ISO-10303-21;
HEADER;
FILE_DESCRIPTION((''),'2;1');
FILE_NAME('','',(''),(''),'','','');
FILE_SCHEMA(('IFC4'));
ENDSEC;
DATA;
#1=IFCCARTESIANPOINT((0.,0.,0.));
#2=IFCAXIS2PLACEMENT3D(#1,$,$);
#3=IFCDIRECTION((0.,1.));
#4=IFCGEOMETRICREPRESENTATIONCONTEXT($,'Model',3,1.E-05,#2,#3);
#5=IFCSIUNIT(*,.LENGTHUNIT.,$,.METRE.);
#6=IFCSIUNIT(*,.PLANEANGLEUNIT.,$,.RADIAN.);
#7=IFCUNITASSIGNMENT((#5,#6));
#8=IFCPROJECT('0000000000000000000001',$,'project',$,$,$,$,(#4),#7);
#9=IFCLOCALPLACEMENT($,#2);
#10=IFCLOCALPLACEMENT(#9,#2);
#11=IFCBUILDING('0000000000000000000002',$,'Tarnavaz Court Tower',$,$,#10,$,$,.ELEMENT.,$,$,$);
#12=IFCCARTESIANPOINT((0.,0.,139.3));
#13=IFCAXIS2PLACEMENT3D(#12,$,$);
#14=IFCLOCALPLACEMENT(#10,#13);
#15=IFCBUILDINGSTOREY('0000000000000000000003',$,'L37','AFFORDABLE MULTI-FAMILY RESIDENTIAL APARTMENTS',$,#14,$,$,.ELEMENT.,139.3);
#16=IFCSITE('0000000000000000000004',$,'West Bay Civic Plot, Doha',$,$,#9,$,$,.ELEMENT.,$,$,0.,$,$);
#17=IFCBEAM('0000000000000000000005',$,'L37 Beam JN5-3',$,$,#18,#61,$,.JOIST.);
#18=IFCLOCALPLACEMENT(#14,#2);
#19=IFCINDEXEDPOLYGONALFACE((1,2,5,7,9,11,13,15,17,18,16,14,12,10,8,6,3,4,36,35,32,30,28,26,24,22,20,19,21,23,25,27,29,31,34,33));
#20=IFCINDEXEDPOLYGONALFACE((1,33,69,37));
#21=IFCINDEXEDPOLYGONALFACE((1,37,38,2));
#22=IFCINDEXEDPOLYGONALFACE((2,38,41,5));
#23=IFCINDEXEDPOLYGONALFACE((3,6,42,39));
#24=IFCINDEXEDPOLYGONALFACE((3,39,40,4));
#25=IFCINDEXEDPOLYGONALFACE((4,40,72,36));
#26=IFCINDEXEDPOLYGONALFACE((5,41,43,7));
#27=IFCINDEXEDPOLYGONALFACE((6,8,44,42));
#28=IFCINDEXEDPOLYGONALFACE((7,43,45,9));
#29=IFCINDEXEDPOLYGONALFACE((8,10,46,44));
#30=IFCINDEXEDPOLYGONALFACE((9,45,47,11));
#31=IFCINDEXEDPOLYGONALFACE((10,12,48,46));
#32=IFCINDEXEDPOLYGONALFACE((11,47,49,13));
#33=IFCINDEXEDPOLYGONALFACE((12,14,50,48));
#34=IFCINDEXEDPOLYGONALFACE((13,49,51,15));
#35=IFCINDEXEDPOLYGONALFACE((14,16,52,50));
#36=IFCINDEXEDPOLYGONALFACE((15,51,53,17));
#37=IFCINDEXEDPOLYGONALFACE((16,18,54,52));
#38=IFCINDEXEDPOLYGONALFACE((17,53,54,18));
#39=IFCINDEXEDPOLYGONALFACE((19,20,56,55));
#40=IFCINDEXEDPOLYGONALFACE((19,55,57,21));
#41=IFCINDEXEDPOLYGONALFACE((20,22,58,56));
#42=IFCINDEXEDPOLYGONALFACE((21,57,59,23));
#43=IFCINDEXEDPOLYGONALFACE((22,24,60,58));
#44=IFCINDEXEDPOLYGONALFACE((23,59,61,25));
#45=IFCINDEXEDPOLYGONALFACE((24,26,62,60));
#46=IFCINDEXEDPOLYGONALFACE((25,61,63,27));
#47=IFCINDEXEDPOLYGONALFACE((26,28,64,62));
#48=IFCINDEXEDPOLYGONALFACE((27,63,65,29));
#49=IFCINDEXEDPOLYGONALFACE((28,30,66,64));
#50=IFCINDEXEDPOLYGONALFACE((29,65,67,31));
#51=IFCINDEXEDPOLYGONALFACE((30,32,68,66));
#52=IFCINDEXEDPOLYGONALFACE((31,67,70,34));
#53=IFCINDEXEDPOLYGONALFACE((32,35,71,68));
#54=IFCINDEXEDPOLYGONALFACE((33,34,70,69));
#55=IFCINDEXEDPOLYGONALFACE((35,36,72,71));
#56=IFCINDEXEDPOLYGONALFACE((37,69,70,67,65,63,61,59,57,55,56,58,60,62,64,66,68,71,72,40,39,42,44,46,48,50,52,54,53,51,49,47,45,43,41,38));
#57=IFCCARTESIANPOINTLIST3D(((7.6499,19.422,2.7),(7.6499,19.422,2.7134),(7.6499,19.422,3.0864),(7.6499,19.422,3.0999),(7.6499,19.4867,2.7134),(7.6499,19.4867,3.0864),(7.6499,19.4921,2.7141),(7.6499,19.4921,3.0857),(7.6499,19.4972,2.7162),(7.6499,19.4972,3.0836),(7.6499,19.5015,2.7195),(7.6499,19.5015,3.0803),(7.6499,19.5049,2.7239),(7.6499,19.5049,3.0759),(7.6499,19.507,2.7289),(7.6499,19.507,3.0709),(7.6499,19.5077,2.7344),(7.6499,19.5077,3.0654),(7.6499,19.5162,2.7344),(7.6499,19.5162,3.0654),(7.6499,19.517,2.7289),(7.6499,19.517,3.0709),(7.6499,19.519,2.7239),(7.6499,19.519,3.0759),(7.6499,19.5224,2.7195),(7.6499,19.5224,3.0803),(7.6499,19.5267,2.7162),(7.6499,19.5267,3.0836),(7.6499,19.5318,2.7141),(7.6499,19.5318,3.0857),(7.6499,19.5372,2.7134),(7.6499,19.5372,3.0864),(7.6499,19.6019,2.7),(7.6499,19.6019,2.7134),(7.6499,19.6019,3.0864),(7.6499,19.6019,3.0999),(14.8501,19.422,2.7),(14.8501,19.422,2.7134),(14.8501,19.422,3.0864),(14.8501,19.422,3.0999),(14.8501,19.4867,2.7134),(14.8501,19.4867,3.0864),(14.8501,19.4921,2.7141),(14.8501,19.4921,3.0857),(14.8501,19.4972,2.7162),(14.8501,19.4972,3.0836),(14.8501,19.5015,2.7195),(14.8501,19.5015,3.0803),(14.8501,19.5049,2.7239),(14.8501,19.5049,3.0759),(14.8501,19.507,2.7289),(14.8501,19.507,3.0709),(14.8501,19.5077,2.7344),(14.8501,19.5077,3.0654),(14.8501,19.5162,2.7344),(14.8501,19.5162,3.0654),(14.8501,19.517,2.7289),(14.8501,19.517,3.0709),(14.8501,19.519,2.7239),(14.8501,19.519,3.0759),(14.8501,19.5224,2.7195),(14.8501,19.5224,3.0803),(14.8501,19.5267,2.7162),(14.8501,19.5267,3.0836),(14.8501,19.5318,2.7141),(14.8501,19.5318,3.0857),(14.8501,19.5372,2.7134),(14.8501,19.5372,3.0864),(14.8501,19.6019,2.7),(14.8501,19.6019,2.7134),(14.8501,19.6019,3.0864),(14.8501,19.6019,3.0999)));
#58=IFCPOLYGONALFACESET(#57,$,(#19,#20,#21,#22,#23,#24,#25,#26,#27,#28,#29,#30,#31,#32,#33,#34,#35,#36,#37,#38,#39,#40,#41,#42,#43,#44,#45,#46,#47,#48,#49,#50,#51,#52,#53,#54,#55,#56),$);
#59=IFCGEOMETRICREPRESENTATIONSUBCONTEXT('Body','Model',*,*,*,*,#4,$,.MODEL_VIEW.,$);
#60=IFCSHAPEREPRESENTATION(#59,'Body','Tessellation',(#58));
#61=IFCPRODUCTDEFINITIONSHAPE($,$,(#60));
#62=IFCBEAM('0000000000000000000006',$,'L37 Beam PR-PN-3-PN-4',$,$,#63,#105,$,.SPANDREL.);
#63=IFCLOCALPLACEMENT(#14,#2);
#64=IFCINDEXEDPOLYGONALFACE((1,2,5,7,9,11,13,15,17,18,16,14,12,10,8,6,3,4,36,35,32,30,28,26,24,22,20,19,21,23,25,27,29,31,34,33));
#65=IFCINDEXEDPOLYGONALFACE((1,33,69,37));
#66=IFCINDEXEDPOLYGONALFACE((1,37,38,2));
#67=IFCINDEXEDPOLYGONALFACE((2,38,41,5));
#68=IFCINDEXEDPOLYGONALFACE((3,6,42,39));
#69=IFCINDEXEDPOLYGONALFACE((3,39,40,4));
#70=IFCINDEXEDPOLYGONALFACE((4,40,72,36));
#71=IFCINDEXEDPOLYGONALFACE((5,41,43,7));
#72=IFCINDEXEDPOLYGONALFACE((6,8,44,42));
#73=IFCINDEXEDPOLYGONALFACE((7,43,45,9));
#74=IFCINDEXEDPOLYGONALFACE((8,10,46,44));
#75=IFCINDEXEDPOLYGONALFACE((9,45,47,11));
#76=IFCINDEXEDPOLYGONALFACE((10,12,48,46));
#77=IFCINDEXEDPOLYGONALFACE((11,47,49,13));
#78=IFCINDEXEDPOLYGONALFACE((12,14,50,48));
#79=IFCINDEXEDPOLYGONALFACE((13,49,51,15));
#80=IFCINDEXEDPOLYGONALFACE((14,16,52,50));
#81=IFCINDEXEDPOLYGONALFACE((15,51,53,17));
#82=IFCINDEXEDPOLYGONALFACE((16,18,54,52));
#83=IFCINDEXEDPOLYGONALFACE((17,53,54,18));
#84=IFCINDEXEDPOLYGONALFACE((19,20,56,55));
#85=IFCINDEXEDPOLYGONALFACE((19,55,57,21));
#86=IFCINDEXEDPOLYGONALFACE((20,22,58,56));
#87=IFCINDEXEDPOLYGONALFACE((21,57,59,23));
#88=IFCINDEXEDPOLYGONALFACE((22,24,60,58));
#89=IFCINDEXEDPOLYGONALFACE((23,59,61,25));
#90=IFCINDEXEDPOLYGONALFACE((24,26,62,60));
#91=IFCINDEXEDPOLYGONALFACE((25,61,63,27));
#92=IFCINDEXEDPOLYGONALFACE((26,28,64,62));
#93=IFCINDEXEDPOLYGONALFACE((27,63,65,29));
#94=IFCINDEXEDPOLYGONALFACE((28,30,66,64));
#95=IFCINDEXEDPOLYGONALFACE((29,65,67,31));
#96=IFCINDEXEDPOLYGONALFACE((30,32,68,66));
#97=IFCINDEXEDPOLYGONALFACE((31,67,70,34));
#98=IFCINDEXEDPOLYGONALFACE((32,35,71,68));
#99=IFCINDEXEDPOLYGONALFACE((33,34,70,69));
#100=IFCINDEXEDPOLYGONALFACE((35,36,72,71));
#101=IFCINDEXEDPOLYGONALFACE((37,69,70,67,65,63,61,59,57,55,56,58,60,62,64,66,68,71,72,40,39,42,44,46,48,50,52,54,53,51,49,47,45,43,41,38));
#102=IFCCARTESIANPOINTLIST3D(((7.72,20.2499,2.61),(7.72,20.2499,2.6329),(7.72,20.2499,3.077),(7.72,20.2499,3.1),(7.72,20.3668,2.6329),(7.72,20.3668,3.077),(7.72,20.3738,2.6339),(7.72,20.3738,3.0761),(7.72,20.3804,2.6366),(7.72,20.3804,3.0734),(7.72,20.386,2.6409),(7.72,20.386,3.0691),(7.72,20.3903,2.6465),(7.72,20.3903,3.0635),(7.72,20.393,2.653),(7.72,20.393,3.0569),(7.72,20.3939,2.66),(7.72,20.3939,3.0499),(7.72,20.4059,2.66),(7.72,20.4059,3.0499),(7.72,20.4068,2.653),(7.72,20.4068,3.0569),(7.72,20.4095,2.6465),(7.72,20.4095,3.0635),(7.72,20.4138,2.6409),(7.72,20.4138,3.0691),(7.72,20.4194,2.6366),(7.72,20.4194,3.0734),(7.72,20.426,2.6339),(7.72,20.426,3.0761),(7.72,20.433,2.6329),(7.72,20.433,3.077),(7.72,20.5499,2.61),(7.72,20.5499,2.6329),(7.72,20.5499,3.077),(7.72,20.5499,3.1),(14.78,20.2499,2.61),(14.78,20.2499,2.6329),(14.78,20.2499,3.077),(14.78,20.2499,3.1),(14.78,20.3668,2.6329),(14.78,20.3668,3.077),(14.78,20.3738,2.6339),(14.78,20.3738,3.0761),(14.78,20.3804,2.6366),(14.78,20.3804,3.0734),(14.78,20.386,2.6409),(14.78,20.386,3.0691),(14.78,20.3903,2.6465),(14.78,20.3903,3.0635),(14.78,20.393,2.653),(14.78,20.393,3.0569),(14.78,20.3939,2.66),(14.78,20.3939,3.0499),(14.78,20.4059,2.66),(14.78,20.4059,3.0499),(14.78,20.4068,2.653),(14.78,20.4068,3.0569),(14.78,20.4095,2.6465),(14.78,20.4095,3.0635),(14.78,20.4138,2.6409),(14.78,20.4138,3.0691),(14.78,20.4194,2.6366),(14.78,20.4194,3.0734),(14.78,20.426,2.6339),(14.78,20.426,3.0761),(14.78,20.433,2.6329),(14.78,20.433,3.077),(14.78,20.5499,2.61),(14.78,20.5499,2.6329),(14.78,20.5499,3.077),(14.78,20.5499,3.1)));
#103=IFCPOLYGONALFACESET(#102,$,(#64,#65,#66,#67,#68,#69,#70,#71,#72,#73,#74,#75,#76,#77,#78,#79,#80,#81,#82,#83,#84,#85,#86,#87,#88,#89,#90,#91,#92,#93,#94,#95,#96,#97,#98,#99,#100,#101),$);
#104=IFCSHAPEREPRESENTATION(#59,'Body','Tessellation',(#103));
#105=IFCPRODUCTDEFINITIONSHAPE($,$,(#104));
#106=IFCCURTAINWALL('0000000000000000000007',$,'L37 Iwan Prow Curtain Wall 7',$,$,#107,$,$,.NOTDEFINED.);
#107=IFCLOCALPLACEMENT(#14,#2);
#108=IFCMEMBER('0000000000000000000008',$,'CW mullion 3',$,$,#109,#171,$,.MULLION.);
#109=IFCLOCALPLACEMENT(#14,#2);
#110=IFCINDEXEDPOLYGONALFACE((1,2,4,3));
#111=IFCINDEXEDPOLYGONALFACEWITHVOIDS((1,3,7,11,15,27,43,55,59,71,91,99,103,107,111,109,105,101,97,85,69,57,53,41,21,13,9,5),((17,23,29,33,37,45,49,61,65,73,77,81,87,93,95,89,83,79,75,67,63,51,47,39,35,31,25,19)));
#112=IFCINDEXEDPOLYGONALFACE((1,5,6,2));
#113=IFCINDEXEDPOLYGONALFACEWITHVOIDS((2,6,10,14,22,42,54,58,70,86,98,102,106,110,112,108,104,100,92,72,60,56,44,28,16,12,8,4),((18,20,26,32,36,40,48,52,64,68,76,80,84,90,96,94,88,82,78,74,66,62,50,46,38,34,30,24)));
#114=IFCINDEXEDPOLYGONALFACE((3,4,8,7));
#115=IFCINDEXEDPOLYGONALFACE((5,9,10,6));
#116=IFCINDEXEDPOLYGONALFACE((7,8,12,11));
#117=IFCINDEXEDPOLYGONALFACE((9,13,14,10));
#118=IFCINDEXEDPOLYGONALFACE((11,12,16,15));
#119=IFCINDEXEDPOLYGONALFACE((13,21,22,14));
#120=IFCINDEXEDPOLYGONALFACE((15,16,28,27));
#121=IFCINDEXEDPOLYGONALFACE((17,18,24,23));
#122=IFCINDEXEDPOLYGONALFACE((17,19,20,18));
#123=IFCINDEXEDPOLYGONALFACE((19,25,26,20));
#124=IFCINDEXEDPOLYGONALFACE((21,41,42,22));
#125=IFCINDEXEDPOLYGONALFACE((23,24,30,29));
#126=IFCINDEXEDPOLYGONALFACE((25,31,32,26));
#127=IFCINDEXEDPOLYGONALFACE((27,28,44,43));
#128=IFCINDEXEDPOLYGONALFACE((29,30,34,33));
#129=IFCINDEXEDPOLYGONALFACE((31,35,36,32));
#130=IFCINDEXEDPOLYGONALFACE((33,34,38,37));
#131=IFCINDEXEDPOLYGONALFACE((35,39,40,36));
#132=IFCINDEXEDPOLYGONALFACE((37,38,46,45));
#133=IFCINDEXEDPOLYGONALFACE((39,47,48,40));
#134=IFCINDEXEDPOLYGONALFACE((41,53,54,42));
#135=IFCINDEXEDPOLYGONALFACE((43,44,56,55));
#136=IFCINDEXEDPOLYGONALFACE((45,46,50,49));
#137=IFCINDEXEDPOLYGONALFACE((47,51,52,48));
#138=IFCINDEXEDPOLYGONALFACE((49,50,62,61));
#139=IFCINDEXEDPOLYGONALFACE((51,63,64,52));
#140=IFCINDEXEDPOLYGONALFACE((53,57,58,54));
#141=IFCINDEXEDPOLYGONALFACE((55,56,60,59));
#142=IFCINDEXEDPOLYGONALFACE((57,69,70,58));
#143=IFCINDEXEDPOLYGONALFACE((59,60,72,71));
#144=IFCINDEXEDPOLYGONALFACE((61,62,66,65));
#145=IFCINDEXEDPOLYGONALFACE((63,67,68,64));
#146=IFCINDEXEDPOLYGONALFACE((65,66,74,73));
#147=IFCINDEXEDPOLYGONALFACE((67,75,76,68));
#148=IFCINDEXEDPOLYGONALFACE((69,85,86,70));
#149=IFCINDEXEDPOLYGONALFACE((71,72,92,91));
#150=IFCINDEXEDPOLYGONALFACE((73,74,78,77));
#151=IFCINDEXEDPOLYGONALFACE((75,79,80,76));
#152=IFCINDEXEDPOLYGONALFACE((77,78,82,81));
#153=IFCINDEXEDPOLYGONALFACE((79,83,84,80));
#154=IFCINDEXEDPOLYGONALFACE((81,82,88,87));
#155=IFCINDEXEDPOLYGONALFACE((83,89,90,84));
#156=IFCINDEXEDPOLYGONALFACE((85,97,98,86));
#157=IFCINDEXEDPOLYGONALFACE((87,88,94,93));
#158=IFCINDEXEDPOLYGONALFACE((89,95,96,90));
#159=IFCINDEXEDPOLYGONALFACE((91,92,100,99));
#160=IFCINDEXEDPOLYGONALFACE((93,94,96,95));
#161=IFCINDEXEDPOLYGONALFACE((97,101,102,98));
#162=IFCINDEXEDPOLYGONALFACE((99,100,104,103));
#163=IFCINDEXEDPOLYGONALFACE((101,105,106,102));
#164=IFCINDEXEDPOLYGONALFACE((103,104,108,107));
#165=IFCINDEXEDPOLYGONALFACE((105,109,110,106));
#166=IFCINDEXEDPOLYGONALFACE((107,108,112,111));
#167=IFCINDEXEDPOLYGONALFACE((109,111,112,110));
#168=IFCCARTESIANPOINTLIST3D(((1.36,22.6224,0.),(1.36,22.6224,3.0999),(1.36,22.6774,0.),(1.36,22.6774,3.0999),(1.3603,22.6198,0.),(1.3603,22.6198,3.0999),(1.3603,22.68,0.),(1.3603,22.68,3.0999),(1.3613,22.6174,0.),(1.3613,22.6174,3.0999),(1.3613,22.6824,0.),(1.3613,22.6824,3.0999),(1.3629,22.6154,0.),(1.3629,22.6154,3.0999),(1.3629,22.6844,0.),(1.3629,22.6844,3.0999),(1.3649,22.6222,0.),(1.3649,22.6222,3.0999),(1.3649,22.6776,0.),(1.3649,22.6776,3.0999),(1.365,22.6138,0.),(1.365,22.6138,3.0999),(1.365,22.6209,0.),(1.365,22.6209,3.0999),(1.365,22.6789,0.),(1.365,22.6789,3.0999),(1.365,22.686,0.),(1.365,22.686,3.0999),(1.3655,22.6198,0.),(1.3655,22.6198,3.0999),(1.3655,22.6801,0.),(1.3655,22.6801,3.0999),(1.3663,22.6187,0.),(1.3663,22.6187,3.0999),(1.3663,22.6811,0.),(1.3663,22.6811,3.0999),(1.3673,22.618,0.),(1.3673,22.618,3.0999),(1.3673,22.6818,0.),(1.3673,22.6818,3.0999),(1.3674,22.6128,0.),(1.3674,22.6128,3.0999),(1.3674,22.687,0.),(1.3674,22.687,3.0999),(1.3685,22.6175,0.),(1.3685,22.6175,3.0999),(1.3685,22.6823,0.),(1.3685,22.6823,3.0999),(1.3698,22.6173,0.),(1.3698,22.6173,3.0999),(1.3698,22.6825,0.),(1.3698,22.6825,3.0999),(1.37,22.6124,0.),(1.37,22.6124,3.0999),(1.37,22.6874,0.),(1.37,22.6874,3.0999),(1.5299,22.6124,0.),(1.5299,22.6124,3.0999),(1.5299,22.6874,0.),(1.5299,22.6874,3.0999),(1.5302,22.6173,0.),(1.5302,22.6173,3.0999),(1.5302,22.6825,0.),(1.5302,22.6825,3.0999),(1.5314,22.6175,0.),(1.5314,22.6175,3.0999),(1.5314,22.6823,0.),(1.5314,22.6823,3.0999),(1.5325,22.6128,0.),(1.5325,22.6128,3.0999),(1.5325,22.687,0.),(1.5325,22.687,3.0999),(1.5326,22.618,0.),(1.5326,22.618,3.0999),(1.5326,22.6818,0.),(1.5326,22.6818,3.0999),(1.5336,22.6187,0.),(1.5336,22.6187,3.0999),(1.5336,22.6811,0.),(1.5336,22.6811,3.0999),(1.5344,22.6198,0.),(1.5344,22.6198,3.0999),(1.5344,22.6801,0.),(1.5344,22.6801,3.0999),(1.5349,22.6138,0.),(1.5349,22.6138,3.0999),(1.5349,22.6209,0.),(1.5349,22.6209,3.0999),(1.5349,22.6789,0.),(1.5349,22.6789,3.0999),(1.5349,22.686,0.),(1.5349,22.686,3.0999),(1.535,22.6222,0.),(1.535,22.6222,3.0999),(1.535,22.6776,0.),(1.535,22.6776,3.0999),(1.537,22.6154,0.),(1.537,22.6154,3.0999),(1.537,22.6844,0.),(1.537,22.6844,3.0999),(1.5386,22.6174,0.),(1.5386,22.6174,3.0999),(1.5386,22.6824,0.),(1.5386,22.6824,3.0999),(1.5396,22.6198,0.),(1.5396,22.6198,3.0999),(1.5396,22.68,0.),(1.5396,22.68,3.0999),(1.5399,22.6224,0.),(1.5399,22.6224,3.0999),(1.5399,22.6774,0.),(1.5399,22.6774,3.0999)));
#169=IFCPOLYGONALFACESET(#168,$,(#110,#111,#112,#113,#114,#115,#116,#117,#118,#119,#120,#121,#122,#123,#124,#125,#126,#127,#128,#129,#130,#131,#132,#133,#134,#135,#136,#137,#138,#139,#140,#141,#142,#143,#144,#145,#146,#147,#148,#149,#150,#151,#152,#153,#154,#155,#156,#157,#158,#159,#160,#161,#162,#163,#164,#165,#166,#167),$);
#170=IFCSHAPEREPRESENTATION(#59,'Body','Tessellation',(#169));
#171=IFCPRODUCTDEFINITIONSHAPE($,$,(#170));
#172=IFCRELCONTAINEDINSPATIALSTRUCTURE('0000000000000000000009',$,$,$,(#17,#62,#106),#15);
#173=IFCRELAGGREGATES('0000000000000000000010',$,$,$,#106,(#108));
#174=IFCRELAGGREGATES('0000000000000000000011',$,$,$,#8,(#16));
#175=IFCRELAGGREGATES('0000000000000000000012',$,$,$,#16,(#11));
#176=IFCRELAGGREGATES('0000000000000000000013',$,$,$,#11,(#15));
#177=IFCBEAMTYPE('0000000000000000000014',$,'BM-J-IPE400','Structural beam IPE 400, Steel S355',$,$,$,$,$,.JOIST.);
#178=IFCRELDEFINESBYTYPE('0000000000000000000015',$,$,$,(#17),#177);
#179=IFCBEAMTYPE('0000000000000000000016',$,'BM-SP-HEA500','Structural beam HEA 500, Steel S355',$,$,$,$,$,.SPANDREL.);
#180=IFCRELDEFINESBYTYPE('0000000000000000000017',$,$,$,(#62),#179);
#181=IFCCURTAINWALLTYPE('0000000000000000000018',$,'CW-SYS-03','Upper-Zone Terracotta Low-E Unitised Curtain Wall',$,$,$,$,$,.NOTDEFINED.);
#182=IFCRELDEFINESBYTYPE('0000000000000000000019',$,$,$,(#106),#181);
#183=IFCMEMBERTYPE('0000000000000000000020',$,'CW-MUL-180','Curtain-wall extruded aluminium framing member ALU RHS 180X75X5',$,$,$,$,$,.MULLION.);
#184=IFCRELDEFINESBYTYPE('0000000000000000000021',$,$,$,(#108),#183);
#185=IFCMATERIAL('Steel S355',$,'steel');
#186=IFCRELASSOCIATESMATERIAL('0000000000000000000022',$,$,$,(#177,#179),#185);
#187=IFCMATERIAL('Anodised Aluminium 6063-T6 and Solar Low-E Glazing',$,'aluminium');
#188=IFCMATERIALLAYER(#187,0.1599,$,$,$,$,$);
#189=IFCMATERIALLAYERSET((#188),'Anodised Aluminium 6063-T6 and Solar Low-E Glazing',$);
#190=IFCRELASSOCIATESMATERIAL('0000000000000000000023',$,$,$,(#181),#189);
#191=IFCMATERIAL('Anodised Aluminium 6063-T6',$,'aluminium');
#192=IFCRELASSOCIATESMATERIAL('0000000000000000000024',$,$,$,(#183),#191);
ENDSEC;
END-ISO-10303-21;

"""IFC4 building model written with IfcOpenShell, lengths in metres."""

from ifc_helpers import new_model, si_unit, direction, frame, origin, origin_2d, place, context, subcontext, project, spatial, hollow_rectangle, i_section, extrude, material, layer, layer_set, material_profile, profile_set, type_object, element, aggregate, save


model = new_model("IFC4")

# Units and contexts
model_context = context("Model", 3, precision=1e-05, world=origin(), true_north=direction((0.0, 1.0)))
body_context = subcontext(model_context, "Body", "Model", "MODEL_VIEW")
ifc_project = project(units=[si_unit("LENGTHUNIT", "METRE"), si_unit("PLANEANGLEUNIT", "RADIAN")], contexts=[model_context])

# Site, building, storey
site_placement = place(None, origin())
site = spatial("IfcSite", under=ifc_project, at=site_placement, Name="West Bay Civic Plot, Doha", CompositionType="ELEMENT", RefElevation=0.0)
building_placement = place(site_placement, origin())
building = spatial("IfcBuilding", under=site, at=building_placement, Name="Tarnavaz Court Tower", CompositionType="ELEMENT")
storey_placement = place(building_placement, frame((0.0, 0.0, 139.3)))
storey = spatial("IfcBuildingStorey", under=building, at=storey_placement, Name="L37", Description="AFFORDABLE MULTI-FAMILY RESIDENTIAL APARTMENTS", CompositionType="ELEMENT", Elevation=139.3)

# Beams
ifc_material_1 = material(Name="Steel S355", Category="steel")
ifc_material_profile_1 = material_profile(ifc_material_1, i_section(OverallWidth=0.1799, OverallDepth=0.3999, WebThickness=0.0085, FlangeThickness=0.0134, FilletRadius=0.021, at=origin_2d()), Name="IPE 400")
ifc_profile_set_1 = profile_set([ifc_material_profile_1], Name="Steel S355")
beam_type_1 = type_object("IfcBeamType", Name="BM-J-IPE400", Description="Structural beam IPE 400, Steel S355", PredefinedType="JOIST", material=ifc_profile_set_1)
for number, where, z_axis, x_axis, name in (
    (1, (7.6499, 19.512, 2.8999), (1.0, 0.0, 0.0), (0.0, 1.0, 0.0), "L37 Beam JN5-3"),
):
    element("IfcBeam", number, at=place(storey_placement, frame(where, z_axis=z_axis, x_axis=x_axis)), inside=storey, type_object=beam_type_1, Name=name, PredefinedType="JOIST", context=body_context, shape_type="SweptSolid", body=[
        extrude(i_section(OverallWidth=0.1799, OverallDepth=0.3999, WebThickness=0.0085, FlangeThickness=0.0134, FilletRadius=0.021, at=origin_2d()), origin(), (0.0, 0.0, 1.0), 7.2002),
    ])
ifc_material_profile_2 = material_profile(ifc_material_1, i_section(OverallWidth=0.3, OverallDepth=0.49, WebThickness=0.012, FlangeThickness=0.0229, FilletRadius=0.0271, at=origin_2d()), Name="HEA 500")
ifc_profile_set_2 = profile_set([ifc_material_profile_2], Name="Steel S355")
beam_type_2 = type_object("IfcBeamType", Name="BM-SP-HEA500", Description="Structural beam HEA 500, Steel S355", PredefinedType="SPANDREL", material=ifc_profile_set_2)
beam_placement = place(storey_placement, frame((7.72, 20.3999, 2.855), z_axis=(1.0, 0.0, 0.0), x_axis=(0.0, 1.0, 0.0)))
element("IfcBeam", 2, at=beam_placement, inside=storey, type_object=beam_type_2, Name="L37 Beam PR-PN-3-PN-4", PredefinedType="SPANDREL", context=body_context, shape_type="SweptSolid", body=[
    extrude(i_section(OverallWidth=0.3, OverallDepth=0.49, WebThickness=0.012, FlangeThickness=0.0229, FilletRadius=0.0271, at=origin_2d()), origin(), (0.0, 0.0, 1.0), 7.0601),
])

# Curtain wall, member
ifc_material_2 = material(Name="Anodised Aluminium 6063-T6 and Solar Low-E Glazing", Category="aluminium")
ifc_layer_1 = layer(ifc_material_2, 0.1599)
ifc_layer_set_1 = layer_set([ifc_layer_1], Name="Anodised Aluminium 6063-T6 and Solar Low-E Glazing")
curtain_wall_type = type_object("IfcCurtainWallType", Name="CW-SYS-03", Description="Upper-Zone Terracotta Low-E Unitised Curtain Wall", PredefinedType="NOTDEFINED", material=ifc_layer_set_1)
curtain_wall_placement = place(storey_placement, origin())
curtain_wall = element("IfcCurtainWall", 3, at=curtain_wall_placement, inside=storey, type_object=curtain_wall_type, Name="L37 Iwan Prow Curtain Wall 7", PredefinedType="NOTDEFINED")
ifc_material_3 = material(Name="Anodised Aluminium 6063-T6", Category="aluminium")
ifc_material_profile_3 = material_profile(ifc_material_3, hollow_rectangle(XDim=0.075, YDim=0.1799, WallThickness=0.0049, InnerFilletRadius=0.0049, OuterFilletRadius=0.01, at=origin_2d()), Name="ALU RHS 180X75X5")
ifc_profile_set_3 = profile_set([ifc_material_profile_3], Name="Anodised Aluminium 6063-T6")
member_type_1 = type_object("IfcMemberType", Name="CW-MUL-180", Description="Curtain-wall extruded aluminium framing member ALU RHS 180X75X5", PredefinedType="MULLION", material=ifc_profile_set_3)
member_1_placement = place(storey_placement, frame((1.45, 22.6499, 0.0), z_axis=(0.0, 0.0, 1.0), x_axis=(0.0, 1.0, 0.0)))
member_1 = element("IfcMember", 4, at=member_1_placement, type_object=member_type_1, Name="CW mullion 3", PredefinedType="MULLION", context=body_context, shape_type="SweptSolid", body=[
    extrude(hollow_rectangle(XDim=0.075, YDim=0.1799, WallThickness=0.0049, InnerFilletRadius=0.0049, OuterFilletRadius=0.01, at=origin_2d()), origin(), (0.0, 0.0, 1.0), 3.0999),
])
aggregate(curtain_wall, [member_1])

save(model, "model.ifc")
